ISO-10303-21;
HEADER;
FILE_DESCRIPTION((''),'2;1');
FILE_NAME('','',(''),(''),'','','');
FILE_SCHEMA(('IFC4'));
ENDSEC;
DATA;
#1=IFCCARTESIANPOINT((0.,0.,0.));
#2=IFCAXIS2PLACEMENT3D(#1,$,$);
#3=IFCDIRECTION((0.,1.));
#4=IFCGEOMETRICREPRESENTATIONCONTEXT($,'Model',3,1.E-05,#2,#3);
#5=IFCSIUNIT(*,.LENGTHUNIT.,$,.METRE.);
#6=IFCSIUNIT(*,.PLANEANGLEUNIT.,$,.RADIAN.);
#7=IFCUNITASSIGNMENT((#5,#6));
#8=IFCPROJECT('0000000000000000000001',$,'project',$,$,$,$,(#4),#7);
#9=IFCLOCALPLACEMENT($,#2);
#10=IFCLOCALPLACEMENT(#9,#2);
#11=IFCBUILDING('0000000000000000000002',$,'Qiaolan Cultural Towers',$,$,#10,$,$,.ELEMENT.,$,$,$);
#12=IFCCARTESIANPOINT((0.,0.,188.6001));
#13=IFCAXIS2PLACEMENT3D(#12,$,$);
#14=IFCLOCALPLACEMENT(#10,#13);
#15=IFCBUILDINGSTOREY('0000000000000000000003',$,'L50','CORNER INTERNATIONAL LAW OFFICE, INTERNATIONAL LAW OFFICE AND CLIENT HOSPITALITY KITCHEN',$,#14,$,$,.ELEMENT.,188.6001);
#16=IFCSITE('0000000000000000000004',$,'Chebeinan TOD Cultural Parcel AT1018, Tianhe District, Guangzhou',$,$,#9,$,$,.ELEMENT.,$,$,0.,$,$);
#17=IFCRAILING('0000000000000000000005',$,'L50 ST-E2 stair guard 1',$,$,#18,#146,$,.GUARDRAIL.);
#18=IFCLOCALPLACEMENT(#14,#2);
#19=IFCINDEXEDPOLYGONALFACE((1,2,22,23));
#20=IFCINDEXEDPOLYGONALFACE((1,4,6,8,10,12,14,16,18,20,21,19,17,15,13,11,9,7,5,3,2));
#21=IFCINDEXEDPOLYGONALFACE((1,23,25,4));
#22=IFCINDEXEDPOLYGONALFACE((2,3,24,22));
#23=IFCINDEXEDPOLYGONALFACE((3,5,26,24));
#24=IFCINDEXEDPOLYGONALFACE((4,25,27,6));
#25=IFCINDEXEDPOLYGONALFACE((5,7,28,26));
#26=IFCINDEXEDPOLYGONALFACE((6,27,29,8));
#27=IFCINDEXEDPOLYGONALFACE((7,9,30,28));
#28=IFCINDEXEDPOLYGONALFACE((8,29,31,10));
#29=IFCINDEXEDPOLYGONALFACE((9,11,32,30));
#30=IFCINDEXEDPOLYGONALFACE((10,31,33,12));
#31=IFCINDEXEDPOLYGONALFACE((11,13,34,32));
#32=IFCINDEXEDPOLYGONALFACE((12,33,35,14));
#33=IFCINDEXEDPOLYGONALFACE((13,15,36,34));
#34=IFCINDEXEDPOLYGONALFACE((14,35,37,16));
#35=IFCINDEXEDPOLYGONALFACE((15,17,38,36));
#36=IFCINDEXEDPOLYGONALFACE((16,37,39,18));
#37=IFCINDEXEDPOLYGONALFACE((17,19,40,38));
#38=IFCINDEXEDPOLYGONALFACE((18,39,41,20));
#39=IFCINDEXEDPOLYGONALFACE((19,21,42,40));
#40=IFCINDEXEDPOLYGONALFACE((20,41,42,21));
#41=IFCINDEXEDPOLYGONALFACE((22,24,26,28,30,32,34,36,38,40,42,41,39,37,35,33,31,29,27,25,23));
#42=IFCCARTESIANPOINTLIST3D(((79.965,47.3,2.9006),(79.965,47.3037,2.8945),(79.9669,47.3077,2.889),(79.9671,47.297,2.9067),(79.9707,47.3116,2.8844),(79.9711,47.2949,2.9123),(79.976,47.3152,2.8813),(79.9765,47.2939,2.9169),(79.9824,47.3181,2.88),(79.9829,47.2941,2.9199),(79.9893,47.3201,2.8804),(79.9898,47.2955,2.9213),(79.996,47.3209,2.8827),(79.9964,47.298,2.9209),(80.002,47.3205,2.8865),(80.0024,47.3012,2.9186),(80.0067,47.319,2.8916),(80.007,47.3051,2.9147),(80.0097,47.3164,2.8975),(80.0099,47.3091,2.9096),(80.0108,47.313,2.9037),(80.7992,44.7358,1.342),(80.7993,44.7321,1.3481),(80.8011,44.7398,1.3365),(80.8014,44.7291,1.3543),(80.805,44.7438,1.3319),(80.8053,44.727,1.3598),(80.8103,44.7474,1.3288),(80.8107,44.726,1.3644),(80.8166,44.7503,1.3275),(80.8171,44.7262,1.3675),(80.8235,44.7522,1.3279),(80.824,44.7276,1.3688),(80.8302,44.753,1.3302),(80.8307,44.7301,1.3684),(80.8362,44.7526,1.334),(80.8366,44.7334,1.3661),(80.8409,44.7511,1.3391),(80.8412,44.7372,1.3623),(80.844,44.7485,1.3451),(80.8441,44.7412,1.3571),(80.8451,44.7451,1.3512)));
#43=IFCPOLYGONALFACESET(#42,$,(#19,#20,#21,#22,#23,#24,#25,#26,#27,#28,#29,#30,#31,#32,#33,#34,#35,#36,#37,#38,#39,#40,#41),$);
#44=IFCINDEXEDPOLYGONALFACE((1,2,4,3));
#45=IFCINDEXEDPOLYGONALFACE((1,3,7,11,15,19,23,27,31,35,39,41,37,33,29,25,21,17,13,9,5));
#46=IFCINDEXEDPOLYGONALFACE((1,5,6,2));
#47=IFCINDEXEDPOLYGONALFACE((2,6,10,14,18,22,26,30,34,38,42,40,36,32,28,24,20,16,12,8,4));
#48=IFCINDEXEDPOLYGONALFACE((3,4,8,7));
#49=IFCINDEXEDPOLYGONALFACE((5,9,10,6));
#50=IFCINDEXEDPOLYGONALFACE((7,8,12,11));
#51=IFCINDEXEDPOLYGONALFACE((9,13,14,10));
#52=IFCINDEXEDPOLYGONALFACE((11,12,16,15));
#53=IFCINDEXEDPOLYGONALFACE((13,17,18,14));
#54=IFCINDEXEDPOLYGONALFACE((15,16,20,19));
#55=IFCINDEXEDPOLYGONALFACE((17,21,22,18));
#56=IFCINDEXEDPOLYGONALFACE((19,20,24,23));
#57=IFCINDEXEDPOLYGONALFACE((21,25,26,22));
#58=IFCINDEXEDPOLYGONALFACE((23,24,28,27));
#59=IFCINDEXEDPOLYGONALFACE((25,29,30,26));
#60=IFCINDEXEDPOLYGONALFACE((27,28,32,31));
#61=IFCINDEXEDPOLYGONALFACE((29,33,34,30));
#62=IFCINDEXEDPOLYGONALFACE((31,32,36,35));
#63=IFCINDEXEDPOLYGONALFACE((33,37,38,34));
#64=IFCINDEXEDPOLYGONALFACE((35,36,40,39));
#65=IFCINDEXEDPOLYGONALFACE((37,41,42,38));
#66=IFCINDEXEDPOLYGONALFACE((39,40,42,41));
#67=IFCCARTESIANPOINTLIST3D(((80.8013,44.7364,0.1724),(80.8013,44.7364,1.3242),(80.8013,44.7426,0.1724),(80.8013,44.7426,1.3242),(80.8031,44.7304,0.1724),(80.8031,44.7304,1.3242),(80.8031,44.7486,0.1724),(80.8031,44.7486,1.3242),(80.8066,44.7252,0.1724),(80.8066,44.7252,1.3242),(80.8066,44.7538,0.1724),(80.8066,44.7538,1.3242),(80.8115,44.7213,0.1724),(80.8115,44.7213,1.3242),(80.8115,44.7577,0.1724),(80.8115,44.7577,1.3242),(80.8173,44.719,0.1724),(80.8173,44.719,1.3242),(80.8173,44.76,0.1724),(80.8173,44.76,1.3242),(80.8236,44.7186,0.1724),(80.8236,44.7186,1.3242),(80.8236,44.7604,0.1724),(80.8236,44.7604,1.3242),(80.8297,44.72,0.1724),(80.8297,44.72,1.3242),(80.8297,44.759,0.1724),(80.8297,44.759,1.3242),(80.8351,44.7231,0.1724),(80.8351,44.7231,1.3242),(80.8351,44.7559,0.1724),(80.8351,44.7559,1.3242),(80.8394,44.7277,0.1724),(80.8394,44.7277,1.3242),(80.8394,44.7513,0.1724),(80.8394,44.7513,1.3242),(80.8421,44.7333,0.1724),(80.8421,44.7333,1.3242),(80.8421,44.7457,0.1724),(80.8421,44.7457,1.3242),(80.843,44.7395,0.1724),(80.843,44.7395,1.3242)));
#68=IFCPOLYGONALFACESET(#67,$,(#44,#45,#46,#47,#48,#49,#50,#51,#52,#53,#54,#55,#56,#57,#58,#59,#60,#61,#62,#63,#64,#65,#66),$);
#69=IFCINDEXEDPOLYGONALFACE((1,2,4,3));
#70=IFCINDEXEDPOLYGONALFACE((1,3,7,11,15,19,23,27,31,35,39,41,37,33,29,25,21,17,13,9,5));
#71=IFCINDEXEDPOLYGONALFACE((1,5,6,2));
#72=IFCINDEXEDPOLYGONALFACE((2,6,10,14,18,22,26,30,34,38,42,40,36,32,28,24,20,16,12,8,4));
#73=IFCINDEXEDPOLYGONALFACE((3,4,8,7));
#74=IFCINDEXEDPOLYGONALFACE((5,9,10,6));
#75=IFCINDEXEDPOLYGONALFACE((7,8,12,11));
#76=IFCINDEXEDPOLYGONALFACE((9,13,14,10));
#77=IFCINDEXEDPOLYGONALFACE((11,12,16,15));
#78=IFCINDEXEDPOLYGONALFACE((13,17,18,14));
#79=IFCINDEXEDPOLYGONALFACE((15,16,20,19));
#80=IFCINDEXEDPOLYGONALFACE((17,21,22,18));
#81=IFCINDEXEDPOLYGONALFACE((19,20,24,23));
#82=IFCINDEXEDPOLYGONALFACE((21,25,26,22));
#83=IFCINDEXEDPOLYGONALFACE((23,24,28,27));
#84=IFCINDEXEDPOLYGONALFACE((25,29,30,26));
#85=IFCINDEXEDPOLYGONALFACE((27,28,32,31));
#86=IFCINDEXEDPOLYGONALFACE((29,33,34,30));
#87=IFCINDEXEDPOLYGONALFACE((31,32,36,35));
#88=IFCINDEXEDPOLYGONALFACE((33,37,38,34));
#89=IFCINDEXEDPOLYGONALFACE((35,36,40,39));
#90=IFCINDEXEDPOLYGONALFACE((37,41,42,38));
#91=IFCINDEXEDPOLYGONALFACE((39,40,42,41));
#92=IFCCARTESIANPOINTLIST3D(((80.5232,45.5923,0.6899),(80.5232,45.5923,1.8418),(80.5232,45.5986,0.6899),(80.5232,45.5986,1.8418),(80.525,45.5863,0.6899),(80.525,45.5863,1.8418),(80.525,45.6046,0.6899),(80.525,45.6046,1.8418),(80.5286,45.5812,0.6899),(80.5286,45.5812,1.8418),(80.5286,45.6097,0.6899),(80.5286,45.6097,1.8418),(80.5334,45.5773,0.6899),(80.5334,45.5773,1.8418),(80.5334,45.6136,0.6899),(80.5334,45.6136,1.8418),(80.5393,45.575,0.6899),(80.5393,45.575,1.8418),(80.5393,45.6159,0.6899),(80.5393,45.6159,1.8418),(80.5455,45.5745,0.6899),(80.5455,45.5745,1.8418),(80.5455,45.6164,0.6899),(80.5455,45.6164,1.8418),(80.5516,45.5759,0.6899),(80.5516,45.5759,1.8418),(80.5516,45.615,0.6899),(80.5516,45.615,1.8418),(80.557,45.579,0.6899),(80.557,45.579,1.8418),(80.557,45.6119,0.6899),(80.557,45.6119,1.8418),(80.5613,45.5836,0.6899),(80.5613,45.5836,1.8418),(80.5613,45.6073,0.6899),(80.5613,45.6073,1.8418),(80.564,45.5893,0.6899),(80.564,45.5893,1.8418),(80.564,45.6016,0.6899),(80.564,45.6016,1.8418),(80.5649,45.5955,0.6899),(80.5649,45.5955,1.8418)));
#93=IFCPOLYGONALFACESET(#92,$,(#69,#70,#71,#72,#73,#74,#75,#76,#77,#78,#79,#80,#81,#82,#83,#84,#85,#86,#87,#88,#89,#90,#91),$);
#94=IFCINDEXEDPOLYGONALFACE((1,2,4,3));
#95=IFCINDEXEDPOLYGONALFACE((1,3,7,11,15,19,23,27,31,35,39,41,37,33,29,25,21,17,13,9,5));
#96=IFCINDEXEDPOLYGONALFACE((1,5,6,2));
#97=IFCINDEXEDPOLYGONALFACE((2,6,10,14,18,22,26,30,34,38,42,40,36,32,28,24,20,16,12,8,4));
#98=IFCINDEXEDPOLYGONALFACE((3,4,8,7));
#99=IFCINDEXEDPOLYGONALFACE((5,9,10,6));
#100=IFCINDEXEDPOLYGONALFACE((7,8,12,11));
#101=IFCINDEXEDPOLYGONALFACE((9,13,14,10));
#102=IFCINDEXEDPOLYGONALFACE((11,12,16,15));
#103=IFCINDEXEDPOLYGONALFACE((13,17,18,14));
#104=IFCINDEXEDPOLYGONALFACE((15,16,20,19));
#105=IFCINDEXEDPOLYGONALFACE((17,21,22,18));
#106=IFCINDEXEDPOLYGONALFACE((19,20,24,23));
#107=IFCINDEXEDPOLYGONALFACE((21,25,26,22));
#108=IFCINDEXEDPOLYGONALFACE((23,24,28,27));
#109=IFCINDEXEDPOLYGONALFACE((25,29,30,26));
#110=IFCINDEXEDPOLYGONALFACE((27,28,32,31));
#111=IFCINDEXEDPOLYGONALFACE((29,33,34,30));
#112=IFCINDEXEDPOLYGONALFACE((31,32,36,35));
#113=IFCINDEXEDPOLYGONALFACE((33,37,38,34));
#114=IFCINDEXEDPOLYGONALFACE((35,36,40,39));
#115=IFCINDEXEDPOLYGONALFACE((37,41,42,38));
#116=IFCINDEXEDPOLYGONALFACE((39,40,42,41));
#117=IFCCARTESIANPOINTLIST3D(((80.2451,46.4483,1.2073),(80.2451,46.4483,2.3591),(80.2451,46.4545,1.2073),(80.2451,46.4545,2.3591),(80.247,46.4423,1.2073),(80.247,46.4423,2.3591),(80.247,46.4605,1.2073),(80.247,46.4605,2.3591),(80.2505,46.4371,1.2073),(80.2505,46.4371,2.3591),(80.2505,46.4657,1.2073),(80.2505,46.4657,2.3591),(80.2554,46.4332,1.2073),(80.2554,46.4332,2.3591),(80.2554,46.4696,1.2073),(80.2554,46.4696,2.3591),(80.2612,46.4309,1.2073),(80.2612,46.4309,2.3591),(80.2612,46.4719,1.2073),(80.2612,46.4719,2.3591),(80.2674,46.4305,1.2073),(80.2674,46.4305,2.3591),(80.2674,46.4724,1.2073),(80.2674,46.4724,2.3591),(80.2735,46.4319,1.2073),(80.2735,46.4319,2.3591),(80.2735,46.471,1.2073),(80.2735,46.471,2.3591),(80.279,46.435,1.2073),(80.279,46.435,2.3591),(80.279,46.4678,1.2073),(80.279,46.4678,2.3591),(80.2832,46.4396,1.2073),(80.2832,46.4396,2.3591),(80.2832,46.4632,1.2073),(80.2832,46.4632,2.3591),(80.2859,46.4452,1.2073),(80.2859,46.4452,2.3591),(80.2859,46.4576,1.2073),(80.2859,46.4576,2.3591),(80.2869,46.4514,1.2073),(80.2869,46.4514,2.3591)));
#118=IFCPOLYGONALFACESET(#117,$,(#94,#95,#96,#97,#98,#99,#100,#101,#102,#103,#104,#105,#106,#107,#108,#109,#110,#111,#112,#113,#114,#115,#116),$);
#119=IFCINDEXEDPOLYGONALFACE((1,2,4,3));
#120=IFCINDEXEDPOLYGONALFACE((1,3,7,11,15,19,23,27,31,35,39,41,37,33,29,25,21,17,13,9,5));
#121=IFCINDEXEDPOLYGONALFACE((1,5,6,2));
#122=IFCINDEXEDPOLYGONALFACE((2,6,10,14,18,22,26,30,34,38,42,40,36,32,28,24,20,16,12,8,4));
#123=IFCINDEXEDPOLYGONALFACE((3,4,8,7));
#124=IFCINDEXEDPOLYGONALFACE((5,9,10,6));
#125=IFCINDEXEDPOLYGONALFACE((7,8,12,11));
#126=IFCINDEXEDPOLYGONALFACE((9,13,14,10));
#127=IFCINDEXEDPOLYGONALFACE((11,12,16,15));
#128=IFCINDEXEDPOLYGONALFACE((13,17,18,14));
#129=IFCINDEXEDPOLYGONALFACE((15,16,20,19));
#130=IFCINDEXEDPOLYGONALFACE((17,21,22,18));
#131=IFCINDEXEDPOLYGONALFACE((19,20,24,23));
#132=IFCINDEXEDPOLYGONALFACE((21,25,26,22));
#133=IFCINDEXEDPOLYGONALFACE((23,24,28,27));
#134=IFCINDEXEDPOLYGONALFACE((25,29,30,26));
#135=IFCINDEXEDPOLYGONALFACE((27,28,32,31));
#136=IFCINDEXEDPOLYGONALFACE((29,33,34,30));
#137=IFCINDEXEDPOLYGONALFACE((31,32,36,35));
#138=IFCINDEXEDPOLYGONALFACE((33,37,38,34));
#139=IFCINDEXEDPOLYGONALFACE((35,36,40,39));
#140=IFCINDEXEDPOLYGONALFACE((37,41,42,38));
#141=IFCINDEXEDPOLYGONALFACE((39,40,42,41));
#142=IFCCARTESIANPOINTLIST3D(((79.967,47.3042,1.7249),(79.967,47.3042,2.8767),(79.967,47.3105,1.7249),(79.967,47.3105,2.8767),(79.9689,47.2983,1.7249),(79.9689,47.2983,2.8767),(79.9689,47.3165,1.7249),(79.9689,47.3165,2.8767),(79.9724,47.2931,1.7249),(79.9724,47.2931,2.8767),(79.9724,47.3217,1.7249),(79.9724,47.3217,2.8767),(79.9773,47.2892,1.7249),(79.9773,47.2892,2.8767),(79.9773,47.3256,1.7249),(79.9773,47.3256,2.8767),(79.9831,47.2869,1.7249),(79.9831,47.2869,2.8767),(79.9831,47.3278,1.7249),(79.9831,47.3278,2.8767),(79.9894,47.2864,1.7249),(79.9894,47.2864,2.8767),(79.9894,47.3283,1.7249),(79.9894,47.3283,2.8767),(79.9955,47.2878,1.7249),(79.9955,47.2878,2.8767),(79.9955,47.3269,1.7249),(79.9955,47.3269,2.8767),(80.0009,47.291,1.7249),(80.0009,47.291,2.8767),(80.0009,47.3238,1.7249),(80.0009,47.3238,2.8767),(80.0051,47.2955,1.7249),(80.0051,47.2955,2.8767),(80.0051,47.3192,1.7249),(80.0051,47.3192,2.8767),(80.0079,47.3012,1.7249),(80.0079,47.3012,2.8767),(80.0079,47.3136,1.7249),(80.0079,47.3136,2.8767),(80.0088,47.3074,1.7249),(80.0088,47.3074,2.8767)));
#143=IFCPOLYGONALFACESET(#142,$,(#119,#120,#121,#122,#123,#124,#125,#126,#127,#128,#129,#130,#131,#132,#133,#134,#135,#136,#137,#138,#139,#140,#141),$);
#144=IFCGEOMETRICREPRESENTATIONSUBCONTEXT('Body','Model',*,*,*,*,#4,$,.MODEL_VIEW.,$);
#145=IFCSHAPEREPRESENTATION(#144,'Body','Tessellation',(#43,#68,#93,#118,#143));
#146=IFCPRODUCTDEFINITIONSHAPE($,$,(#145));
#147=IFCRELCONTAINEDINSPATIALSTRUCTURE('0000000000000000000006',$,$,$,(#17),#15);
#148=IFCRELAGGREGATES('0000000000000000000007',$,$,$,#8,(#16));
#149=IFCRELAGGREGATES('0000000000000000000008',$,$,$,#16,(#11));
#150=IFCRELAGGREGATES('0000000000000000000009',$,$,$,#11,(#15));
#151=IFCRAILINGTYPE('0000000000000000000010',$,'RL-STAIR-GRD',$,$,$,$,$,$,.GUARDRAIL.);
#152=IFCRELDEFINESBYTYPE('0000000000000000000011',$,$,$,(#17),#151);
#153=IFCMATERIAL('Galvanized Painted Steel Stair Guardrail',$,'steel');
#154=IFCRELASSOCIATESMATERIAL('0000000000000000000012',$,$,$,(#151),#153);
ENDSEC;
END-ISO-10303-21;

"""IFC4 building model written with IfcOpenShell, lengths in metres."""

from ifc_helpers import new_model, si_unit, direction, frame, origin, origin_2d, place, context, subcontext, project, spatial, circle, extrude, material, type_object, element, save


model = new_model("IFC4")

# Units and contexts
model_context = context("Model", 3, precision=1e-05, world=origin(), true_north=direction((0.0, 1.0)))
body_context = subcontext(model_context, "Body", "Model", "MODEL_VIEW")
ifc_project = project(units=[si_unit("LENGTHUNIT", "METRE"), si_unit("PLANEANGLEUNIT", "RADIAN")], contexts=[model_context])

# Site, building, storey
site_placement = place(None, origin())
site = spatial("IfcSite", under=ifc_project, at=site_placement, Name="Chebeinan TOD Cultural Parcel AT1018, Tianhe District, Guangzhou", CompositionType="ELEMENT", RefElevation=0.0)
building_placement = place(site_placement, origin())
building = spatial("IfcBuilding", under=site, at=building_placement, Name="Qiaolan Cultural Towers", CompositionType="ELEMENT")
storey_placement = place(building_placement, frame((0.0, 0.0, 188.6001)))
storey = spatial("IfcBuildingStorey", under=building, at=storey_placement, Name="L50", Description="CORNER INTERNATIONAL LAW OFFICE, INTERNATIONAL LAW OFFICE AND CLIENT HOSPITALITY KITCHEN", CompositionType="ELEMENT", Elevation=188.6001)

# Railing
ifc_material_1 = material(Name="Galvanized Painted Steel Stair Guardrail", Category="steel")
railing_type_1 = type_object("IfcRailingType", Name="RL-STAIR-GRD", PredefinedType="GUARDRAIL", material=ifc_material_1)
railing_1_placement = place(storey_placement, frame((80.822, 44.7395, 0.1724)))
element("IfcRailing", 1, at=railing_1_placement, inside=storey, type_object=railing_type_1, Name="L50 ST-E2 stair guard 1", PredefinedType="GUARDRAIL", context=body_context, shape_type="SweptSolid", body=[
    extrude(circle(Radius=0.0239, at=origin_2d()), frame((0.0, 0.0, 1.1758), z_axis=(-0.267853, 0.824488, 0.498471), x_axis=(-0.95107, -0.308976, 0.0)), (0.0, 0.0, 1.0), 3.1145),
    extrude(circle(Radius=0.021, at=origin_2d()), origin(), (0.0, 0.0, 1.0), 1.1519),
    extrude(circle(Radius=0.021, at=origin_2d()), frame((-0.2781, 0.856, 0.5176)), (0.0, 0.0, 1.0), 1.1519),
    extrude(circle(Radius=0.021, at=origin_2d()), frame((-0.5562, 1.7119, 1.0349)), (0.0, 0.0, 1.0), 1.1519),
    extrude(circle(Radius=0.021, at=origin_2d()), frame((-0.8342, 2.5679, 1.5525)), (0.0, 0.0, 1.0), 1.1519),
])

save(model, "model.ifc")
